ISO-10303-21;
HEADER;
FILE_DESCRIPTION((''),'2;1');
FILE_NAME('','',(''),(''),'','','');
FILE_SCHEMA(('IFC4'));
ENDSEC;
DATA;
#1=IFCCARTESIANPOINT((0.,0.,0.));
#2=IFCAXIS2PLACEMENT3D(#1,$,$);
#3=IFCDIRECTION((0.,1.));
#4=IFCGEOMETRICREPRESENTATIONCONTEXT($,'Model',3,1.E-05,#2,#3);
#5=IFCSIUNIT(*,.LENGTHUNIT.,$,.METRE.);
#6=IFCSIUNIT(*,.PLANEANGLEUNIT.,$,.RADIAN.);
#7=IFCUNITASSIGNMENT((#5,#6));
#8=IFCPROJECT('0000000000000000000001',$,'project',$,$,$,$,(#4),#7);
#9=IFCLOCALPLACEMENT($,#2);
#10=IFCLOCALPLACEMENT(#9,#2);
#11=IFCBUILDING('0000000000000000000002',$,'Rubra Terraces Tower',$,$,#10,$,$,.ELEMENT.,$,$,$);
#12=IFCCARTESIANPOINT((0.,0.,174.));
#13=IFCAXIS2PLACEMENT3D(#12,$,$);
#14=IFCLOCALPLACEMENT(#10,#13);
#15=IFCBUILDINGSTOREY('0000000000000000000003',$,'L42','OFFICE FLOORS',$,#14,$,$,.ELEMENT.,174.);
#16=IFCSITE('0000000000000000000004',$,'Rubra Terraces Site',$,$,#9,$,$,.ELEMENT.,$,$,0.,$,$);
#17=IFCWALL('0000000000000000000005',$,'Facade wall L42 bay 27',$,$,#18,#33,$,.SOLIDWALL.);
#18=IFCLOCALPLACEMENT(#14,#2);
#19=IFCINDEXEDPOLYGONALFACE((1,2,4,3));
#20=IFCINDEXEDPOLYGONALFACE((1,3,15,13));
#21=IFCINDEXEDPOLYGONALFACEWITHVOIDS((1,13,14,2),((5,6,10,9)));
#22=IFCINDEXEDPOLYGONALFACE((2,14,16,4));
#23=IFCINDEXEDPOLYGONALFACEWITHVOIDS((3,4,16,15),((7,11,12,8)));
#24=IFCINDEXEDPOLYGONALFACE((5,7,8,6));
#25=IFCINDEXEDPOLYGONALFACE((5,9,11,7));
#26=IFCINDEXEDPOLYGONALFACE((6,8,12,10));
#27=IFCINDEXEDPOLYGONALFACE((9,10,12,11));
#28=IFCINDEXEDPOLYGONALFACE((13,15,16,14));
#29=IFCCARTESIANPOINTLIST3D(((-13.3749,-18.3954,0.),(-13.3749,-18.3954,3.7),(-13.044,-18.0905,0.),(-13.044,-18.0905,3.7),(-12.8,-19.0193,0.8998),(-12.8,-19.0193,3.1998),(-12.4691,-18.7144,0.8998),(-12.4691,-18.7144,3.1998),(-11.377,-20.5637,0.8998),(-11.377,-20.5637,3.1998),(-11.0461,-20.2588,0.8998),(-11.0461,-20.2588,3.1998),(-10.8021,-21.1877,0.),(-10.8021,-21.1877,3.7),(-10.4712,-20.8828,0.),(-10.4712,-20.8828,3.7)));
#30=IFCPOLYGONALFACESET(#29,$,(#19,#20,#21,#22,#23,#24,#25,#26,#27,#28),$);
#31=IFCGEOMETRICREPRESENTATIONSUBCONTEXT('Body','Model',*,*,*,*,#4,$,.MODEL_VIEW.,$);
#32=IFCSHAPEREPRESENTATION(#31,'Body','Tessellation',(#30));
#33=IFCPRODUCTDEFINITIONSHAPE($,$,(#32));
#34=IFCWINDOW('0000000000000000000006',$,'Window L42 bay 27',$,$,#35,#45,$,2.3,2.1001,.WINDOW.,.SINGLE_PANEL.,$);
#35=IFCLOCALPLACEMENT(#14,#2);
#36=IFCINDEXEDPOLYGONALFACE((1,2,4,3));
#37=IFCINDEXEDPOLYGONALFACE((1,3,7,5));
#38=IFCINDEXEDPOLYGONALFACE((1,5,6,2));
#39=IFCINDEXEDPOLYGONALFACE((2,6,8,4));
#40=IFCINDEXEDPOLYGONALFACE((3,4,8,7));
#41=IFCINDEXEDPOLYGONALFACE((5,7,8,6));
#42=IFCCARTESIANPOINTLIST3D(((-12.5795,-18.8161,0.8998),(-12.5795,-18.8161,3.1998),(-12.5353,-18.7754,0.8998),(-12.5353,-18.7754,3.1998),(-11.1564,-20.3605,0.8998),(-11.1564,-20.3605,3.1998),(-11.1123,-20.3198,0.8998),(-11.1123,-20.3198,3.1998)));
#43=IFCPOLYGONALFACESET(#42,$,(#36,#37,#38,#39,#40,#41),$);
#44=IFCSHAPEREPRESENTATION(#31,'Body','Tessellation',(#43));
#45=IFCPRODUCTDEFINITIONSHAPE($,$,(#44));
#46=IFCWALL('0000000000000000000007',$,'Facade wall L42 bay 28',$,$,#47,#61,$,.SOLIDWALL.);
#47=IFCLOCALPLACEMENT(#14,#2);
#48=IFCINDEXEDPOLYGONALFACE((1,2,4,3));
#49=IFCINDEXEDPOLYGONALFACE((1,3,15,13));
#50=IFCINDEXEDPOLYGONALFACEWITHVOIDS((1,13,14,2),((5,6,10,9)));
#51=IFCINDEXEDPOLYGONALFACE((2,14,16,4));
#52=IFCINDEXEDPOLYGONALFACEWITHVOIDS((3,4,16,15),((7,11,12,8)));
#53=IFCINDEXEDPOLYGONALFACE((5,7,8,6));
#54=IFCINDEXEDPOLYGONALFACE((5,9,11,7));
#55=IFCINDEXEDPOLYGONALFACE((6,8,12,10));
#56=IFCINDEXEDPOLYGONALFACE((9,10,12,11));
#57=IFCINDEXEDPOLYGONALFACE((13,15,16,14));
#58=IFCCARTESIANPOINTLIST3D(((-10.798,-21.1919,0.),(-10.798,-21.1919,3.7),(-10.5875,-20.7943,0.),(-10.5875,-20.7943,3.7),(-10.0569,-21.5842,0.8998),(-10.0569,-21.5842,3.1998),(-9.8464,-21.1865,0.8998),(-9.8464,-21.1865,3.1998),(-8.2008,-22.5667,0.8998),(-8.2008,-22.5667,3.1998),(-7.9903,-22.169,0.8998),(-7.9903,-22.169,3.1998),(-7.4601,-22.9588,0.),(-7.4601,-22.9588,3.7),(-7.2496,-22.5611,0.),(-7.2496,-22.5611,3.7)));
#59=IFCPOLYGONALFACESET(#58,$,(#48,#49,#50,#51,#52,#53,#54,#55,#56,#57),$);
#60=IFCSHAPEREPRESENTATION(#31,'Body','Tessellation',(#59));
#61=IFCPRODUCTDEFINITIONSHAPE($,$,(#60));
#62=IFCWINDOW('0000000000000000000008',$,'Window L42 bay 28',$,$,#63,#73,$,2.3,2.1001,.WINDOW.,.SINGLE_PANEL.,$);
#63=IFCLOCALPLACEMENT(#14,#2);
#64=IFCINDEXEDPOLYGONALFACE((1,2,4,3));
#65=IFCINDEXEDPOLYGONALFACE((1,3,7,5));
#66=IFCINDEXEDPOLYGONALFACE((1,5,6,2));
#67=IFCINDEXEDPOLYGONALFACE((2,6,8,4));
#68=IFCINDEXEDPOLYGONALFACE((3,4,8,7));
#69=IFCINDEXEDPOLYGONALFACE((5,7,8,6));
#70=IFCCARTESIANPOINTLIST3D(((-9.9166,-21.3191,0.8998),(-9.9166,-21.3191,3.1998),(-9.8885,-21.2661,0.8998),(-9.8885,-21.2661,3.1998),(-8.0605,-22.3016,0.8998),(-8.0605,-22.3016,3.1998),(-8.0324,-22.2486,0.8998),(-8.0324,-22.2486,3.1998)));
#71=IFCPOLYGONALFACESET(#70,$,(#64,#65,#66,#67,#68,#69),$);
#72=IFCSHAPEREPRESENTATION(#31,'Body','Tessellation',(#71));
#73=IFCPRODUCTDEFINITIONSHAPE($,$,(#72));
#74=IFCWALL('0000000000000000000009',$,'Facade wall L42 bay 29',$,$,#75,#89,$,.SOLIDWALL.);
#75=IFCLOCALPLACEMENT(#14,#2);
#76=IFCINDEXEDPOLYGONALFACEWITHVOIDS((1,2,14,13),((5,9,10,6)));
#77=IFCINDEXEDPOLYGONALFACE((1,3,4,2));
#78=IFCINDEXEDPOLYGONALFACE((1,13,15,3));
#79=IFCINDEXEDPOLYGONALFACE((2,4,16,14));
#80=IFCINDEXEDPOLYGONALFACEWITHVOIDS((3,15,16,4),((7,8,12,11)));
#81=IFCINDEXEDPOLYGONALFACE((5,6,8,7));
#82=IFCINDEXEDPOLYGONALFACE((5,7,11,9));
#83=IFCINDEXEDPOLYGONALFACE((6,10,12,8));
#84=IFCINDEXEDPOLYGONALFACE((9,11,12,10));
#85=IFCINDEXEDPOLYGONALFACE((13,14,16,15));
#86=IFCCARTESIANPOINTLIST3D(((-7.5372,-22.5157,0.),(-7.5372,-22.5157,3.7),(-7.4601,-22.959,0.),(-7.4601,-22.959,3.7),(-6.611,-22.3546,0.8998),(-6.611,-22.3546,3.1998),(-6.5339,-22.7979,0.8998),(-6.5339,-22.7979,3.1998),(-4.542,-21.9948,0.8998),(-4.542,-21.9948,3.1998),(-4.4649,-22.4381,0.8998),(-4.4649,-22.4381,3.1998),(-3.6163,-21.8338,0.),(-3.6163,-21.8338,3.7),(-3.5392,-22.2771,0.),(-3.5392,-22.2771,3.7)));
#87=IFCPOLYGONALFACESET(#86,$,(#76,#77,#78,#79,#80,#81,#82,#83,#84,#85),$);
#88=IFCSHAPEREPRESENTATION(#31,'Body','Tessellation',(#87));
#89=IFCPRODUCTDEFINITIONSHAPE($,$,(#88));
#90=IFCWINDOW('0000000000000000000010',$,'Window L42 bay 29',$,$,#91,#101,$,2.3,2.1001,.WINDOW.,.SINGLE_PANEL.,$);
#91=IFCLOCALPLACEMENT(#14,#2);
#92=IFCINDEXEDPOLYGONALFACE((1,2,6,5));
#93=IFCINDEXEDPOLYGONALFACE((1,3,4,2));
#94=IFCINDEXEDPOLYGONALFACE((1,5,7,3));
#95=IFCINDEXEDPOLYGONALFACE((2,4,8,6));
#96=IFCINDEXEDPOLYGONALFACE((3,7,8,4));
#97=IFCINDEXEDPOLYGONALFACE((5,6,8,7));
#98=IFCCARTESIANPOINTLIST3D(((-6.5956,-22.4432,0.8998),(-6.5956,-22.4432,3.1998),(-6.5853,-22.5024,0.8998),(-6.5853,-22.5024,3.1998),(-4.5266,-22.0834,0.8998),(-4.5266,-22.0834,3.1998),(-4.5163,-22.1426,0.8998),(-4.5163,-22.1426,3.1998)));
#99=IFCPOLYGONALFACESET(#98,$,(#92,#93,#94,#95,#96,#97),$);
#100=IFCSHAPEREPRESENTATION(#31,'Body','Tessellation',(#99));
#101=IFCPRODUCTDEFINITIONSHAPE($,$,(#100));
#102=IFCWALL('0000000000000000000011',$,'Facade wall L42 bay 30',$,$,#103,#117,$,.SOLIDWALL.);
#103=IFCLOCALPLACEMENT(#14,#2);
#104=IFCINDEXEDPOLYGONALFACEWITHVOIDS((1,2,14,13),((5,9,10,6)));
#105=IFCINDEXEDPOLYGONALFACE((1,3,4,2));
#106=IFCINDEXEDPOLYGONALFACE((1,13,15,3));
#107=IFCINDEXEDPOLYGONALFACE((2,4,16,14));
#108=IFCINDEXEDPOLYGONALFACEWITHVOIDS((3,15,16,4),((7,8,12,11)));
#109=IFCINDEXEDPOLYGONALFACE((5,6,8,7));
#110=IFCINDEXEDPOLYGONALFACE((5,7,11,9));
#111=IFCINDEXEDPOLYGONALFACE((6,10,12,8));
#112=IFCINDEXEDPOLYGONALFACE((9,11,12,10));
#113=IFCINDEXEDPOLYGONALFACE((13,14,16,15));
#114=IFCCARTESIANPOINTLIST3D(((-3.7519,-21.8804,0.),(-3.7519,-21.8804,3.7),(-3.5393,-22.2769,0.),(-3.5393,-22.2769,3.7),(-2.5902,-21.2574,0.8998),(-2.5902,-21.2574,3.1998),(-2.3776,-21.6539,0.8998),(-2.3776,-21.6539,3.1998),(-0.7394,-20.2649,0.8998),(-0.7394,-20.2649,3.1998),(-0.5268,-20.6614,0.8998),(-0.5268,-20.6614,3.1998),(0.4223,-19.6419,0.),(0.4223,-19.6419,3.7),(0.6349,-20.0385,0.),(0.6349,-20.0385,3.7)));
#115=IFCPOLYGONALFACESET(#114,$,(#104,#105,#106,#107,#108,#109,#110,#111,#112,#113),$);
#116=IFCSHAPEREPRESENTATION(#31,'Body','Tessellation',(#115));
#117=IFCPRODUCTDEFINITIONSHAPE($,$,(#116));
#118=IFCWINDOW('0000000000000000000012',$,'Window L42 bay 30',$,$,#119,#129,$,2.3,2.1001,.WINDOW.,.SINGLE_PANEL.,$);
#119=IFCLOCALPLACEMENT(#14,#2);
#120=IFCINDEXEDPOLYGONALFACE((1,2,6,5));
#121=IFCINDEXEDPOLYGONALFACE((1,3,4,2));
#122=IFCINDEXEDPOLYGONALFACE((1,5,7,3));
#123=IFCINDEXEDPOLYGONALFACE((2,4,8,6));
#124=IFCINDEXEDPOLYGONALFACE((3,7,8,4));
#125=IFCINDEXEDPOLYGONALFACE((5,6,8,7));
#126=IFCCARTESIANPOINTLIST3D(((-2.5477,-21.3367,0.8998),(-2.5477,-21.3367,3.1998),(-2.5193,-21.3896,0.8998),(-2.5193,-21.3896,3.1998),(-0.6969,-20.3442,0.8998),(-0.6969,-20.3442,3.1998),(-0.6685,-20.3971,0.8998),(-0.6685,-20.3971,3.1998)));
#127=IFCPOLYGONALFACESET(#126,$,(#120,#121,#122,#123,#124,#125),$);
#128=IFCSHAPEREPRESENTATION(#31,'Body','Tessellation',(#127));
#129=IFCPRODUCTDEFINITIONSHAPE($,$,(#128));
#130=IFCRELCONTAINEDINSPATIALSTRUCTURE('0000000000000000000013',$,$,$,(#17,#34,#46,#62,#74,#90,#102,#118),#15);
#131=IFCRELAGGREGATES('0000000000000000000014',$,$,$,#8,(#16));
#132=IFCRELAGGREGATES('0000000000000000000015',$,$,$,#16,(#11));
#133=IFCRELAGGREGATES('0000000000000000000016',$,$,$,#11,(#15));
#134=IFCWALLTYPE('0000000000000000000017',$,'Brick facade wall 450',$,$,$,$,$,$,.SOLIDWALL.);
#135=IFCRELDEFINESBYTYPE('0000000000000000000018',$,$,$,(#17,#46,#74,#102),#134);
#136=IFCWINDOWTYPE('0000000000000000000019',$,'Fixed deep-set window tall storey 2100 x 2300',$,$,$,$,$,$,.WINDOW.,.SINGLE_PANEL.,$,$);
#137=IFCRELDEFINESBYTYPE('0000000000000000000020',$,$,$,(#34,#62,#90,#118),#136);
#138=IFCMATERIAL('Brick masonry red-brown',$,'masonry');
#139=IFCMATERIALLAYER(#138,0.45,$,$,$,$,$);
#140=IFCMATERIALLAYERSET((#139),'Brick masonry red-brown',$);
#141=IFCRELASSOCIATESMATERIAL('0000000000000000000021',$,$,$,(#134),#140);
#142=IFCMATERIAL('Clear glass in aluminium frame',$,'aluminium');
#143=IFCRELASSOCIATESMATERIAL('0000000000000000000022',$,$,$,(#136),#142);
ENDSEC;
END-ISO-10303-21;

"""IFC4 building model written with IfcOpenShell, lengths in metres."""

from ifc_helpers import new_model, si_unit, direction, frame, frame_2d, origin, place, context, subcontext, project, spatial, rectangle, extrude, material, layer, layer_set, type_object, element, fill, save


model = new_model("IFC4")

# Units and contexts
model_context = context("Model", 3, precision=1e-05, world=origin(), true_north=direction((0.0, 1.0)))
body_context = subcontext(model_context, "Body", "Model", "MODEL_VIEW")
ifc_project = project(units=[si_unit("LENGTHUNIT", "METRE"), si_unit("PLANEANGLEUNIT", "RADIAN")], contexts=[model_context])

# Site, building, storey
site_placement = place(None, origin())
site = spatial("IfcSite", under=ifc_project, at=site_placement, Name="Rubra Terraces Site", CompositionType="ELEMENT", RefElevation=0.0)
building_placement = place(site_placement, origin())
building = spatial("IfcBuilding", under=site, at=building_placement, Name="Rubra Terraces Tower", CompositionType="ELEMENT")
storey_placement = place(building_placement, frame((0.0, 0.0, 174.0)))
storey = spatial("IfcBuildingStorey", under=building, at=storey_placement, Name="L42", Description="OFFICE FLOORS", CompositionType="ELEMENT", Elevation=174.0)

# Walls, openings, windows
ifc_material_1 = material(Name="Brick masonry red-brown", Category="masonry")
ifc_layer_1 = layer(ifc_material_1, 0.45)
ifc_layer_set_1 = layer_set([ifc_layer_1], Name="Brick masonry red-brown")
wall_type_1 = type_object("IfcWallType", Name="Brick facade wall 450", PredefinedType="SOLIDWALL", material=ifc_layer_set_1)
wall_1_placement = place(storey_placement, frame((-13.2095, -18.2429, 0.0), z_axis=(0.0, 0.0, 1.0), x_axis=(0.677612, -0.735419, 0.0)))
wall_1 = element("IfcWall", 1, at=wall_1_placement, inside=storey, type_object=wall_type_1, Name="Facade wall L42 bay 27", PredefinedType="SOLIDWALL", context=body_context, shape_type="SweptSolid", body=[
    extrude(rectangle(XDim=3.7969, YDim=0.45, at=frame_2d((1.8984, 0.0))), origin(), (0.0, 0.0, 1.0), 3.7),
])
opening_1_placement = place(wall_1_placement, frame((0.8484, 0.0, 0.8999)))
opening_1 = element("IfcOpeningElement", 2, at=opening_1_placement, cuts=wall_1, PredefinedType="OPENING", context=body_context, shape_type="SweptSolid", body=[
    extrude(rectangle(XDim=2.1001, YDim=2.3, at=frame_2d((1.05, 1.1499))), frame((0.0, 0.2349, 0.0), z_axis=(0.0, -1.0, 0.0), x_axis=(1.0, 0.0, 0.0)), (0.0, 0.0, 1.0), 0.47),
])
ifc_material_2 = material(Name="Clear glass in aluminium frame", Category="aluminium")
window_type = type_object("IfcWindowType", Name="Fixed deep-set window tall storey 2100 x 2300", PartitioningType="SINGLE_PANEL", PredefinedType="WINDOW", material=ifc_material_2)
window_1_placement = place(opening_1_placement, origin())
window_1 = element("IfcWindow", 3, at=window_1_placement, inside=storey, type_object=window_type, Name="Window L42 bay 27", OverallHeight=2.3, OverallWidth=2.1001, PartitioningType="SINGLE_PANEL", PredefinedType="WINDOW", context=body_context, shape_type="SweptSolid", body=[
    extrude(rectangle(XDim=2.1001, YDim=2.3, at=frame_2d((1.05, 1.1499))), frame((0.0, 0.135, 0.0), z_axis=(0.0, -1.0, 0.0), x_axis=(1.0, 0.0, 0.0)), (0.0, 0.0, 1.0), 0.0601),
])
fill(opening_1, window_1)
wall_2_placement = place(storey_placement, frame((-10.6926, -20.9932, 0.0), z_axis=(0.0, 0.0, 1.0), x_axis=(0.883818, -0.467831, 0.0)))
wall_2 = element("IfcWall", 4, at=wall_2_placement, inside=storey, type_object=wall_type_1, Name="Facade wall L42 bay 28", PredefinedType="SOLIDWALL", context=body_context, shape_type="SweptSolid", body=[
    extrude(rectangle(XDim=3.7766, YDim=0.45, at=frame_2d((1.8882, 0.0))), origin(), (0.0, 0.0, 1.0), 3.7),
])
opening_2_placement = place(wall_2_placement, frame((0.8384, 0.0, 0.8999)))
opening_2 = element("IfcOpeningElement", 5, at=opening_2_placement, cuts=wall_2, PredefinedType="OPENING", context=body_context, shape_type="SweptSolid", body=[
    extrude(rectangle(XDim=2.1001, YDim=2.3, at=frame_2d((1.05, 1.1499))), frame((0.0, 0.2349, 0.0), z_axis=(0.0, -1.0, 0.0), x_axis=(1.0, 0.0, 0.0)), (0.0, 0.0, 1.0), 0.47),
])
window_2_placement = place(opening_2_placement, origin())
window_2 = element("IfcWindow", 6, at=window_2_placement, inside=storey, type_object=window_type, Name="Window L42 bay 28", OverallHeight=2.3, OverallWidth=2.1001, PartitioningType="SINGLE_PANEL", PredefinedType="WINDOW", context=body_context, shape_type="SweptSolid", body=[
    extrude(rectangle(XDim=2.1001, YDim=2.3, at=frame_2d((1.05, 1.1499))), frame((0.0, 0.135, 0.0), z_axis=(0.0, -1.0, 0.0), x_axis=(1.0, 0.0, 0.0)), (0.0, 0.0, 1.0), 0.0601),
])
fill(opening_2, window_2)
wall_3_placement = place(storey_placement, frame((-7.4985, -22.7373, 0.0), z_axis=(0.0, 0.0, 1.0), x_axis=(0.985212, 0.171339, 0.0)))
wall_3 = element("IfcWall", 7, at=wall_3_placement, inside=storey, type_object=wall_type_1, Name="Facade wall L42 bay 29", PredefinedType="SOLIDWALL", context=body_context, shape_type="SweptSolid", body=[
    extrude(rectangle(XDim=3.9797, YDim=0.45, at=frame_2d((1.9897, 0.0))), origin(), (0.0, 0.0, 1.0), 3.7),
])
opening_3_placement = place(wall_3_placement, frame((0.9399, 0.0, 0.8999)))
opening_3 = element("IfcOpeningElement", 8, at=opening_3_placement, cuts=wall_3, PredefinedType="OPENING", context=body_context, shape_type="SweptSolid", body=[
    extrude(rectangle(XDim=2.1001, YDim=2.3, at=frame_2d((1.05, 1.1499))), frame((0.0, 0.2349, 0.0), z_axis=(0.0, -1.0, 0.0), x_axis=(1.0, 0.0, 0.0)), (0.0, 0.0, 1.0), 0.47),
])
window_3_placement = place(opening_3_placement, origin())
window_3 = element("IfcWindow", 9, at=window_3_placement, inside=storey, type_object=window_type, Name="Window L42 bay 29", OverallHeight=2.3, OverallWidth=2.1001, PartitioningType="SINGLE_PANEL", PredefinedType="WINDOW", context=body_context, shape_type="SweptSolid", body=[
    extrude(rectangle(XDim=2.1001, YDim=2.3, at=frame_2d((1.05, 1.1499))), frame((0.0, 0.135, 0.0), z_axis=(0.0, -1.0, 0.0), x_axis=(1.0, 0.0, 0.0)), (0.0, 0.0, 1.0), 0.0601),
])
fill(opening_3, window_3)
wall_4_placement = place(storey_placement, frame((-3.6455, -22.0786, 0.0), z_axis=(0.0, 0.0, 1.0), x_axis=(0.881279, 0.472596, 0.0)))
wall_4 = element("IfcWall", 10, at=wall_4_placement, inside=storey, type_object=wall_type_1, Name="Facade wall L42 bay 30", PredefinedType="SOLIDWALL", context=body_context, shape_type="SweptSolid", body=[
    extrude(rectangle(XDim=4.7366, YDim=0.45, at=frame_2d((2.3682, 0.0))), origin(), (0.0, 0.0, 1.0), 3.7),
])
opening_4_placement = place(wall_4_placement, frame((1.3181, 0.0, 0.8999)))
opening_4 = element("IfcOpeningElement", 11, at=opening_4_placement, cuts=wall_4, PredefinedType="OPENING", context=body_context, shape_type="SweptSolid", body=[
    extrude(rectangle(XDim=2.1001, YDim=2.3, at=frame_2d((1.05, 1.1499))), frame((0.0, 0.2349, 0.0), z_axis=(0.0, -1.0, 0.0), x_axis=(1.0, 0.0, 0.0)), (0.0, 0.0, 1.0), 0.47),
])
window_4_placement = place(opening_4_placement, origin())
window_4 = element("IfcWindow", 12, at=window_4_placement, inside=storey, type_object=window_type, Name="Window L42 bay 30", OverallHeight=2.3, OverallWidth=2.1001, PartitioningType="SINGLE_PANEL", PredefinedType="WINDOW", context=body_context, shape_type="SweptSolid", body=[
    extrude(rectangle(XDim=2.1001, YDim=2.3, at=frame_2d((1.05, 1.1499))), frame((0.0, 0.135, 0.0), z_axis=(0.0, -1.0, 0.0), x_axis=(1.0, 0.0, 0.0)), (0.0, 0.0, 1.0), 0.0601),
])
fill(opening_4, window_4)

save(model, "model.ifc")
